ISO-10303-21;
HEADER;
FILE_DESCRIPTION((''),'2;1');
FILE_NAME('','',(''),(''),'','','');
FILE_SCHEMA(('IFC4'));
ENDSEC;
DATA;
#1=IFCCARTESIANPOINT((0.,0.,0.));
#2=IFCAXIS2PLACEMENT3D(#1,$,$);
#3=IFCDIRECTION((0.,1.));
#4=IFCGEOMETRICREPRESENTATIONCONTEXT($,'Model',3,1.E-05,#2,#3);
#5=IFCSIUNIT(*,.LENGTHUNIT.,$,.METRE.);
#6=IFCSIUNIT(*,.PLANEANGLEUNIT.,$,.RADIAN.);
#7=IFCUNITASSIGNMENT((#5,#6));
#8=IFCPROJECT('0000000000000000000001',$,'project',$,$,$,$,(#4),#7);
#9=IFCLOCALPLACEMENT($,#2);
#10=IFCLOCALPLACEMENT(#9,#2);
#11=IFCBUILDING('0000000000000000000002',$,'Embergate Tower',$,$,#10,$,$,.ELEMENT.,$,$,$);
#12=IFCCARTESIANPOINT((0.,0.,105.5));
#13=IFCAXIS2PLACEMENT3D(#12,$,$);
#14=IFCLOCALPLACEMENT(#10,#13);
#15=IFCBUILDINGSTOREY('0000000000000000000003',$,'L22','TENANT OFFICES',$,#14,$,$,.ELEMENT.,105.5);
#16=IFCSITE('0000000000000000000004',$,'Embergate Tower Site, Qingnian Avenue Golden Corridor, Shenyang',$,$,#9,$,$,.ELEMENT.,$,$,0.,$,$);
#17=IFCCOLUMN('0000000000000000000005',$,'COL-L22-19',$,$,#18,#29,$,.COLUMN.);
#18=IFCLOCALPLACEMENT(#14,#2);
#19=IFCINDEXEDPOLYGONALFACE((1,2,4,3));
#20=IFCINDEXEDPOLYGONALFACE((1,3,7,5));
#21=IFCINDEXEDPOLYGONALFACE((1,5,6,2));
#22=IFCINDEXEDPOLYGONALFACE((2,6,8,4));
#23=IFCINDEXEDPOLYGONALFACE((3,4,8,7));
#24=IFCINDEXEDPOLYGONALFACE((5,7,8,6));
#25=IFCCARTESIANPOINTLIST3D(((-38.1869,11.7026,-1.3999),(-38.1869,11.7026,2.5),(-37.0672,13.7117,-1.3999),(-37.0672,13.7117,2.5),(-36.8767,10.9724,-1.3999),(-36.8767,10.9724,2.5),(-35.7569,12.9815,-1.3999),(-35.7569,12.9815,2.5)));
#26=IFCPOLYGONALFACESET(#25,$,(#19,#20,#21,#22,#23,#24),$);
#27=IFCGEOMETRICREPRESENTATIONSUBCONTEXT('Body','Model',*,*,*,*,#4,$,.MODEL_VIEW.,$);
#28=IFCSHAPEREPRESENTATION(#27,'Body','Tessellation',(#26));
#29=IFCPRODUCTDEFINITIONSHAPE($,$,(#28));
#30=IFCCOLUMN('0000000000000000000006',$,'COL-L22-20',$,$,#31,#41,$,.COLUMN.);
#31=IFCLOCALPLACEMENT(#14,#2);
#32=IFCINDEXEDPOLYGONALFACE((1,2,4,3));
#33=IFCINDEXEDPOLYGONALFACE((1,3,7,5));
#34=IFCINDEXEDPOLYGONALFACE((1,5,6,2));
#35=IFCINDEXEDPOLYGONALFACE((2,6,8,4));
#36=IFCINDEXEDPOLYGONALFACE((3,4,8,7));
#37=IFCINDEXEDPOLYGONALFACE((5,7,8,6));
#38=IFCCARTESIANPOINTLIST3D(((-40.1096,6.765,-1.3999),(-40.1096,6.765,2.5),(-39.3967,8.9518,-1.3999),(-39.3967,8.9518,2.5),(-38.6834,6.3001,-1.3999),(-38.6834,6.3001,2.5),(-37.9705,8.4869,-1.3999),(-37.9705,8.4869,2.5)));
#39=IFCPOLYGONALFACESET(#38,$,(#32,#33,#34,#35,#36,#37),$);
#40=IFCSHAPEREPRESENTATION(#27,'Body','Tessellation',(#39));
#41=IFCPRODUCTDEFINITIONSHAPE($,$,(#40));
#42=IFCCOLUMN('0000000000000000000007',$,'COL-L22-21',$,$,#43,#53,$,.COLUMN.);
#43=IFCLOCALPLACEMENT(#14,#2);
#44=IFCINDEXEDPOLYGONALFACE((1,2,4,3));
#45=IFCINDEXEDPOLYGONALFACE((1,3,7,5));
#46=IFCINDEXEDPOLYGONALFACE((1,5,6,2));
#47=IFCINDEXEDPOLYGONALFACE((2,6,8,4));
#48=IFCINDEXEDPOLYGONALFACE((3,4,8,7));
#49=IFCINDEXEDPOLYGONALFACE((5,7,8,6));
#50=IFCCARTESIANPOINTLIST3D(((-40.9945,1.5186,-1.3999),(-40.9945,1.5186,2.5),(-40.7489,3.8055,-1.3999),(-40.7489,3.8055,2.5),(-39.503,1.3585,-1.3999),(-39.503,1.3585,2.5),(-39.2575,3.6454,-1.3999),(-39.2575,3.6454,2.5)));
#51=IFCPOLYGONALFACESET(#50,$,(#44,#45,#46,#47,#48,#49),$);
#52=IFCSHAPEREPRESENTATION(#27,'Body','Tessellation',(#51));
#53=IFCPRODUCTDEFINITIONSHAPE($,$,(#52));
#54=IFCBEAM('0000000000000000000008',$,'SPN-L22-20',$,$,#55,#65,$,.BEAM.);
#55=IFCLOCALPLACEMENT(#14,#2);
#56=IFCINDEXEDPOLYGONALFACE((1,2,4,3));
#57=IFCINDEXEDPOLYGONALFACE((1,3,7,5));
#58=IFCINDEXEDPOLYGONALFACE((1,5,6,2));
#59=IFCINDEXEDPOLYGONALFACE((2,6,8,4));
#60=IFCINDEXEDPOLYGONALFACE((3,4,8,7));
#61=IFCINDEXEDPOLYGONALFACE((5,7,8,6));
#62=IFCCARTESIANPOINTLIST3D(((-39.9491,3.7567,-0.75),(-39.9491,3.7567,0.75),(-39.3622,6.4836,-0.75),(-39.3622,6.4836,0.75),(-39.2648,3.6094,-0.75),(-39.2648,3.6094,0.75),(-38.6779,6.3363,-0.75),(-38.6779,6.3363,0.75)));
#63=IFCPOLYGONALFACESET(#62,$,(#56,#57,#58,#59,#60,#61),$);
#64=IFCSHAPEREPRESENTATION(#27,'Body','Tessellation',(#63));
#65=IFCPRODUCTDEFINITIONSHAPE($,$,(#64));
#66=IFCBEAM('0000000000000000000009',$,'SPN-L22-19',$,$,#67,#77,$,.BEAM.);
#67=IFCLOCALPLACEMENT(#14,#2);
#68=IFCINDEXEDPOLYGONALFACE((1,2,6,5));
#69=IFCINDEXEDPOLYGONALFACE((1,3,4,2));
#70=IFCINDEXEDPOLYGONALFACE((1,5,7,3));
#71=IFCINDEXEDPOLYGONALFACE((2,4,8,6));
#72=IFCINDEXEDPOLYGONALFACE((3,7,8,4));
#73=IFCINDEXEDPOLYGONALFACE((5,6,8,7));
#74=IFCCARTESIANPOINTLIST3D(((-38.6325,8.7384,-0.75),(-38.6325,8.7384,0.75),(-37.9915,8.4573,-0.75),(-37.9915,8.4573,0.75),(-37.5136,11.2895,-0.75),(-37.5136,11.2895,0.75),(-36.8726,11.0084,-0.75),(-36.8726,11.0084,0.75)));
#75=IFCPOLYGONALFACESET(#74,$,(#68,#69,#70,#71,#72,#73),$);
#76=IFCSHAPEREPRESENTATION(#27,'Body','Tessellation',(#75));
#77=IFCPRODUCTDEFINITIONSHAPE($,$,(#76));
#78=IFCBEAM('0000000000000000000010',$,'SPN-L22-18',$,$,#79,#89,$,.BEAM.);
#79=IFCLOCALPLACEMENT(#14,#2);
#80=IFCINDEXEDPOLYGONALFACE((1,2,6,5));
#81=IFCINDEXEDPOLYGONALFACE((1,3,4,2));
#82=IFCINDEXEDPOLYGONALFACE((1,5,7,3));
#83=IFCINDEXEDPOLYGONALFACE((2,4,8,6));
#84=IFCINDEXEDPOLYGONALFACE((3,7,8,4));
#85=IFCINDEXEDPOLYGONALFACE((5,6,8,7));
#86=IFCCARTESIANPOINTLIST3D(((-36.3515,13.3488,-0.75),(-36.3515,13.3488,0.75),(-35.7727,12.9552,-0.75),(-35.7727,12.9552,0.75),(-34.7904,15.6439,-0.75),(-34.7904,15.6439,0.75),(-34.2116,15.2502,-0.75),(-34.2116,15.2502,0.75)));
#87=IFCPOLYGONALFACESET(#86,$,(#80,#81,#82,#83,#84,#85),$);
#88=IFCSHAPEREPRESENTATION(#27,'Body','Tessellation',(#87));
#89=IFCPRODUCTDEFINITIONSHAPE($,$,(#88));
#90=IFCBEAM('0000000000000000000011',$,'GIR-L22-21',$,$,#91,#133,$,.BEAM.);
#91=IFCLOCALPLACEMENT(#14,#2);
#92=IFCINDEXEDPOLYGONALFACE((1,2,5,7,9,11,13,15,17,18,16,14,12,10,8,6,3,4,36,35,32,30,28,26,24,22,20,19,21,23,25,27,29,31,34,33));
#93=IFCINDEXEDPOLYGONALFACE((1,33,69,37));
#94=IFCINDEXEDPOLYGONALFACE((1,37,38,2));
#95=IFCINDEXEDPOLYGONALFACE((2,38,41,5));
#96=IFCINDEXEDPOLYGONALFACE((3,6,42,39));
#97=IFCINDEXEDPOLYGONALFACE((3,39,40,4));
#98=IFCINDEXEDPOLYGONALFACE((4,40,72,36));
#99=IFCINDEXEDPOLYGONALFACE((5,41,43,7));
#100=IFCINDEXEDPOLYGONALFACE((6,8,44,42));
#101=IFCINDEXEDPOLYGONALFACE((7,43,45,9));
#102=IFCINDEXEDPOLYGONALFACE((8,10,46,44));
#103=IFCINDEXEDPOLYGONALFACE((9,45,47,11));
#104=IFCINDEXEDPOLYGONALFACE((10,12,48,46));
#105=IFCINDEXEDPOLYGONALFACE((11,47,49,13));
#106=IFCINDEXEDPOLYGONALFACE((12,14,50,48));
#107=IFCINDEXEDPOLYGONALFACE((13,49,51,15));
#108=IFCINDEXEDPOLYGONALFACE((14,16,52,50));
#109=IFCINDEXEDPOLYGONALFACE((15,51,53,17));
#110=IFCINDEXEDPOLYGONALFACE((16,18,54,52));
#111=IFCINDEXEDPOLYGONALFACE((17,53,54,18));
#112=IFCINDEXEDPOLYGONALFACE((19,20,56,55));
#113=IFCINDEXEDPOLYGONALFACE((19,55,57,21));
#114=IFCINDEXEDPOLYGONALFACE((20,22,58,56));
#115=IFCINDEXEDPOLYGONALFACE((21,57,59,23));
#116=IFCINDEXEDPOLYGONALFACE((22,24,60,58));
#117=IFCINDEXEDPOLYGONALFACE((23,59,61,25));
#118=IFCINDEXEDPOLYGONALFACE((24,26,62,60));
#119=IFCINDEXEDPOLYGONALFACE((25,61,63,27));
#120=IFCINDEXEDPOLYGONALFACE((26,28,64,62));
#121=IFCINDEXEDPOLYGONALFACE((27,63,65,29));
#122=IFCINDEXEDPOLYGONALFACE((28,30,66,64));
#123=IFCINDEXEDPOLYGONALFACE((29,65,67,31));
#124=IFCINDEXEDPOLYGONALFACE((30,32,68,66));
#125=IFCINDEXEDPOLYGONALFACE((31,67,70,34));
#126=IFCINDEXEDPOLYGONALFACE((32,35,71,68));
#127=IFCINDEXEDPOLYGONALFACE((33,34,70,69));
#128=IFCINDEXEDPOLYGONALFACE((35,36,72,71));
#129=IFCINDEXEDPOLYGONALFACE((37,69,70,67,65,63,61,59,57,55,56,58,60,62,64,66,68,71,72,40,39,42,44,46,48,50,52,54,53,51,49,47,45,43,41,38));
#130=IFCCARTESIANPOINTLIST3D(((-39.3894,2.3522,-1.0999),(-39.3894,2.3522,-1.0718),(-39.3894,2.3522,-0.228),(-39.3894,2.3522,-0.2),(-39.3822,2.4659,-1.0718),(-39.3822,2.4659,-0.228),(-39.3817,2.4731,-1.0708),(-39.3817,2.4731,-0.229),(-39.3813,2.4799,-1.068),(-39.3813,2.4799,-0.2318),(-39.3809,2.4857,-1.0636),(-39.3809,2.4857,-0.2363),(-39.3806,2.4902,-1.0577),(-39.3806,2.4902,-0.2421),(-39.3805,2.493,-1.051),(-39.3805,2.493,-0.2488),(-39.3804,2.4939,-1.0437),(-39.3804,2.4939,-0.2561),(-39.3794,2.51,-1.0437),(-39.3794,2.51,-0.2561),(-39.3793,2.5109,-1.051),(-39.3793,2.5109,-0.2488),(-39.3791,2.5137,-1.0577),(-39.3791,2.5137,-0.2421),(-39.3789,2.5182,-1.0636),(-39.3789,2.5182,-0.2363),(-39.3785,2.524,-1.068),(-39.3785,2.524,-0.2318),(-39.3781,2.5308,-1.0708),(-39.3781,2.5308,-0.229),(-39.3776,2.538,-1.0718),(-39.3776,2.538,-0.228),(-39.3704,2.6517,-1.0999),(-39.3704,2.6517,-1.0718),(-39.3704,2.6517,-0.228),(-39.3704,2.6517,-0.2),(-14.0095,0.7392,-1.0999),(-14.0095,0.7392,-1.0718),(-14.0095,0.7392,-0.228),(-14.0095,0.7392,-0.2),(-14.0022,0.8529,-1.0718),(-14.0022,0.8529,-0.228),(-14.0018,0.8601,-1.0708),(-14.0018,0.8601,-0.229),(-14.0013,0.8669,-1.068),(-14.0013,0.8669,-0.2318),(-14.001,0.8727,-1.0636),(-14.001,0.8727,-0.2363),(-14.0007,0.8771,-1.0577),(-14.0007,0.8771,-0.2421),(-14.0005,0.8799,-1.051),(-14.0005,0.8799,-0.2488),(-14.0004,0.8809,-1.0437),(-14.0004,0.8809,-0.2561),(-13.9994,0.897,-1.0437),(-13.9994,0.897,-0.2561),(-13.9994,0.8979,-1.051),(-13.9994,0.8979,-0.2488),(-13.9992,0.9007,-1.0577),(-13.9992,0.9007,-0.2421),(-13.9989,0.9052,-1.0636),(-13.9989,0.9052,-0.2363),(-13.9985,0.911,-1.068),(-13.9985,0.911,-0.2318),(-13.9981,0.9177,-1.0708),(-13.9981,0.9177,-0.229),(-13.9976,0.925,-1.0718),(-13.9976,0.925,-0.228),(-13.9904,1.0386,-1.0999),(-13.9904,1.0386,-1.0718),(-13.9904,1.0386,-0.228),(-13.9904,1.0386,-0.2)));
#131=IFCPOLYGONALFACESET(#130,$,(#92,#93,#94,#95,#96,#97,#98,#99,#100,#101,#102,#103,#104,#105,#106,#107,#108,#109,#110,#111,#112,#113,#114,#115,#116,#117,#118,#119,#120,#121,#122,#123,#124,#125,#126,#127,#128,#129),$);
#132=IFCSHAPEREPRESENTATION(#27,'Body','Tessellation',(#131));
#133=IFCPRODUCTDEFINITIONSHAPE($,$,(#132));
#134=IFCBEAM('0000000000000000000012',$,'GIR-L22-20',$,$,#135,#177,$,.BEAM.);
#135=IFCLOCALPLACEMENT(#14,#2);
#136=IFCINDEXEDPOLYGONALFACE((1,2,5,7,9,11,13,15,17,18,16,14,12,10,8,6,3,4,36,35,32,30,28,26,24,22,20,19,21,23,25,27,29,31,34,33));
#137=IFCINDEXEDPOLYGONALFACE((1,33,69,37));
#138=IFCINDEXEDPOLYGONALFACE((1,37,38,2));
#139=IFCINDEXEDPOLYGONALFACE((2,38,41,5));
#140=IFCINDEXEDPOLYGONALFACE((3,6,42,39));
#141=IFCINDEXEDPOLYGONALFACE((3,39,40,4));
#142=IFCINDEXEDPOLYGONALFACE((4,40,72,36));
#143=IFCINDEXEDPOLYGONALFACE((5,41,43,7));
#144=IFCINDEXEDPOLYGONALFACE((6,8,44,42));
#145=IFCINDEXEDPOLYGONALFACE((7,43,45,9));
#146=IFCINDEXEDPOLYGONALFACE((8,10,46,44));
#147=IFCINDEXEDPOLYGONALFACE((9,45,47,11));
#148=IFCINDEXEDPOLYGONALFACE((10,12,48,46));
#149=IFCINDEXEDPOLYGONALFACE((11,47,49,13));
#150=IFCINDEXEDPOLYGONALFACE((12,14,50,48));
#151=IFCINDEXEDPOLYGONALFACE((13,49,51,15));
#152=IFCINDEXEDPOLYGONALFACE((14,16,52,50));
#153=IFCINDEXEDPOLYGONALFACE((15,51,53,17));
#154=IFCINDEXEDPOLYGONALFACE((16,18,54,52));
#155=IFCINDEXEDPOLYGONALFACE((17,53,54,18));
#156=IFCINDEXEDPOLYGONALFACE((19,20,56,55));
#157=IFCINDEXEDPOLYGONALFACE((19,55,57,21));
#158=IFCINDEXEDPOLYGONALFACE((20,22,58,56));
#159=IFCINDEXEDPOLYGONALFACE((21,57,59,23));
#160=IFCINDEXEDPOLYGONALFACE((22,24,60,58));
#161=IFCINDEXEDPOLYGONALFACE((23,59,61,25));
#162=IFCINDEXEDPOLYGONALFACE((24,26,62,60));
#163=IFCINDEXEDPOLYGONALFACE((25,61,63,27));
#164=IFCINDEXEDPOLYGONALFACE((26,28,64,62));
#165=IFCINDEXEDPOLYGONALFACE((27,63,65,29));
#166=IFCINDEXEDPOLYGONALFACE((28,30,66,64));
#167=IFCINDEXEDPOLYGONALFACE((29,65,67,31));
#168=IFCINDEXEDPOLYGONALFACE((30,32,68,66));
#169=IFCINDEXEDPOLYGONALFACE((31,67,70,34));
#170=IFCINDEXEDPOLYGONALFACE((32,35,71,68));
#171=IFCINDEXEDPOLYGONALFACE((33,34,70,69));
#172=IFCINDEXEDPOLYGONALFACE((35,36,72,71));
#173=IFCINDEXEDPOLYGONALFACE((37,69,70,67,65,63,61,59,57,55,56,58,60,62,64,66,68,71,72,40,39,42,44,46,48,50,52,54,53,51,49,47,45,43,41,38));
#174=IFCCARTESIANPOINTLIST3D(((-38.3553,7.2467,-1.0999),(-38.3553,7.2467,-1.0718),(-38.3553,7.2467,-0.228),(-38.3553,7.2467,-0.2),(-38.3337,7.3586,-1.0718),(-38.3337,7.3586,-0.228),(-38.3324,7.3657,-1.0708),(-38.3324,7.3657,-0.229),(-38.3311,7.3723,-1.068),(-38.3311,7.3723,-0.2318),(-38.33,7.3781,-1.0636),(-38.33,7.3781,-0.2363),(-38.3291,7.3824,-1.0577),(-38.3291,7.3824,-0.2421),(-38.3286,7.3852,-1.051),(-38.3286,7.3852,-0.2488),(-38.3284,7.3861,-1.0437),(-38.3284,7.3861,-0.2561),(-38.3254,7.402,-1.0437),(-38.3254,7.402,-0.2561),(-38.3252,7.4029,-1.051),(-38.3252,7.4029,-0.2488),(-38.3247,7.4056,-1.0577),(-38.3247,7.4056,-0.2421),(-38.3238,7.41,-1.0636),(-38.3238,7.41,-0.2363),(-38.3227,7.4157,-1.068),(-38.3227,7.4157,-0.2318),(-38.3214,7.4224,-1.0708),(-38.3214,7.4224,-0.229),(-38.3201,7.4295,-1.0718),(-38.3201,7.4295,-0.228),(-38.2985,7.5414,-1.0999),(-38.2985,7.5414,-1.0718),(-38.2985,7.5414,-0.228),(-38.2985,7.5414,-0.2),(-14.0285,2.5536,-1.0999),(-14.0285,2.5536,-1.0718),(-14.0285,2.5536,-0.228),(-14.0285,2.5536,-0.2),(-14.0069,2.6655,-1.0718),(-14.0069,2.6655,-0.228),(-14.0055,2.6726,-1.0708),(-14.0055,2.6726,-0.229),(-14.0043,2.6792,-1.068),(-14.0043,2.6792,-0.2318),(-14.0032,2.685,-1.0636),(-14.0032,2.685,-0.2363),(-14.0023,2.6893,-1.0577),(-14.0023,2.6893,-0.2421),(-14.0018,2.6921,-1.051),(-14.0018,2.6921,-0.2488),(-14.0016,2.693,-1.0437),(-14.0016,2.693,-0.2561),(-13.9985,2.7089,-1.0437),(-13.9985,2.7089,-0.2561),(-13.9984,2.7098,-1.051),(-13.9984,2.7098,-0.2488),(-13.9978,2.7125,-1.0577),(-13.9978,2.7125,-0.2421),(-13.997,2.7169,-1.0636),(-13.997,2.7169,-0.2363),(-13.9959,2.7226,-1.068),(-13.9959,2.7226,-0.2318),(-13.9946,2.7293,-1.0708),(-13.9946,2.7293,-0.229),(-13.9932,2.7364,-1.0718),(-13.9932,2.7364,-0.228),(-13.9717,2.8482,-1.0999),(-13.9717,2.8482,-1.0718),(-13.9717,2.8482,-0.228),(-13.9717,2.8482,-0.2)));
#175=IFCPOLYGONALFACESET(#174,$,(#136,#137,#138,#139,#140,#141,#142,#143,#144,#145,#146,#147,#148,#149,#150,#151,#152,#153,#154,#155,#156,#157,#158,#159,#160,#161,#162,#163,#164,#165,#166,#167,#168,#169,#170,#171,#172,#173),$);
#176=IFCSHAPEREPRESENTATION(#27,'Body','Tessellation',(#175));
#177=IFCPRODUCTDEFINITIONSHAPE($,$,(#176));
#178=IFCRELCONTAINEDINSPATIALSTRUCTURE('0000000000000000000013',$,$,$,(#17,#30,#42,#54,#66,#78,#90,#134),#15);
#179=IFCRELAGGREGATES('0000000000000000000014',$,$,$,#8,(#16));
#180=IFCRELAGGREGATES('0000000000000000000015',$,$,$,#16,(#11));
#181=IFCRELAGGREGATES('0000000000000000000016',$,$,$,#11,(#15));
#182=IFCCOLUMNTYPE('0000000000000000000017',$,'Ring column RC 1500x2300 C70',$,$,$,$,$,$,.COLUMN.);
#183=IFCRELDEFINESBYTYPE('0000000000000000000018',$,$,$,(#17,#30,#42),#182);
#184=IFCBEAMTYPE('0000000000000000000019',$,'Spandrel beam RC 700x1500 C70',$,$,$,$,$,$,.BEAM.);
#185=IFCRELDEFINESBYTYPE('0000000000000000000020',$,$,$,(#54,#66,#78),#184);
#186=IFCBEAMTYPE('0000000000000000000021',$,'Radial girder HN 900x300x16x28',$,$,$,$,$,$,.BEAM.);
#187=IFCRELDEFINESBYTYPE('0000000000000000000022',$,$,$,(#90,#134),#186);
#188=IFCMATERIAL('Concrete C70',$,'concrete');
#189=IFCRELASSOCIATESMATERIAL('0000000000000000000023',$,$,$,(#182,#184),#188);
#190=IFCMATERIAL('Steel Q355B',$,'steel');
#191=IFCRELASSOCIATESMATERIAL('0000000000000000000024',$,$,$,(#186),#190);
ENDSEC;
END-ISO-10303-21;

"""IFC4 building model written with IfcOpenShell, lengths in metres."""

from ifc_helpers import new_model, si_unit, direction, frame, origin, origin_2d, place, context, subcontext, project, spatial, rectangle, i_section, extrude, source, transform, mapped, material, material_profile, profile_set, type_object, element, save


model = new_model("IFC4")

# Units and contexts
model_context = context("Model", 3, precision=1e-05, world=origin(), true_north=direction((0.0, 1.0)))
body_context = subcontext(model_context, "Body", "Model", "MODEL_VIEW")
ifc_project = project(units=[si_unit("LENGTHUNIT", "METRE"), si_unit("PLANEANGLEUNIT", "RADIAN")], contexts=[model_context])

# Site, building, storey
site_placement = place(None, origin())
site = spatial("IfcSite", under=ifc_project, at=site_placement, Name="Embergate Tower Site, Qingnian Avenue Golden Corridor, Shenyang", CompositionType="ELEMENT", RefElevation=0.0)
building_placement = place(site_placement, origin())
building = spatial("IfcBuilding", under=site, at=building_placement, Name="Embergate Tower", CompositionType="ELEMENT")
storey_placement = place(building_placement, frame((0.0, 0.0, 105.5)))
storey = spatial("IfcBuildingStorey", under=building, at=storey_placement, Name="L22", Description="TENANT OFFICES", CompositionType="ELEMENT", Elevation=105.5)

# Columns
ifc_material_1 = material(Name="Concrete C70", Category="concrete")
ifc_material_profile_1 = material_profile(ifc_material_1, rectangle(XDim=1.5, YDim=2.3, at=origin_2d()), Name="RC 1500x2300")
ifc_profile_set_1 = profile_set([ifc_material_profile_1], Name="Concrete C70")
column_type = type_object("IfcColumnType", Name="Ring column RC 1500x2300 C70", PredefinedType="COLUMN", material=ifc_profile_set_1)
shared_shape_1 = source(origin(), body_context, "Body", "SweptSolid", [
    extrude(rectangle(XDim=1.5, YDim=2.3, at=origin_2d()), origin(), (0.0, 0.0, 1.0), 3.8999),
])
for number, where, z_axis, x_axis, name in (
    (1, (-36.9719, 12.342, -1.3999), (0.0, 0.0, 1.0), (-0.8735, 0.486823, 0.0), "COL-L22-19"),
    (2, (-39.04, 7.626, -1.3999), (0.0, 0.0, 1.0), (-0.950754, 0.309946, 0.0), "COL-L22-20"),
    (3, (-40.126, 2.582, -1.3999), (0.0, 0.0, 1.0), (-0.994286, 0.10675, 0.0), "COL-L22-21"),
):
    element("IfcColumn", number, at=place(storey_placement, frame(where, z_axis=z_axis, x_axis=x_axis)), inside=storey, type_object=column_type, Name=name, PredefinedType="COLUMN", context=body_context, shape_type="MappedRepresentation", body=[
        mapped(shared_shape_1, transform((0.0, 0.0, 0.0))),
    ])

# Beams
ifc_material_profile_2 = material_profile(ifc_material_1, rectangle(XDim=0.7, YDim=1.5, at=origin_2d()), Name="RC 700x1500")
ifc_profile_set_2 = profile_set([ifc_material_profile_2], Name="Concrete C70")
beam_type_1 = type_object("IfcBeamType", Name="Spandrel beam RC 700x1500 C70", PredefinedType="BEAM", material=ifc_profile_set_2)
shared_shape_2 = source(origin(), body_context, "Body", "SweptSolid", [
    extrude(rectangle(XDim=0.7, YDim=1.5, at=origin_2d()), origin(), (0.0, 0.0, 1.0), 2.7893),
])
beam_1_placement = place(storey_placement, frame((-39.02, 6.4099, 0.0), z_axis=(-0.21042, -0.977611, 0.0), x_axis=(0.977611, -0.21042, 0.0)))
element("IfcBeam", 4, at=beam_1_placement, inside=storey, type_object=beam_type_1, Name="SPN-L22-20", PredefinedType="BEAM", context=body_context, shape_type="MappedRepresentation", body=[
    mapped(shared_shape_2, transform((0.0, 0.0, 0.0))),
])
shared_shape_3 = source(origin(), body_context, "Body", "SweptSolid", [
    extrude(rectangle(XDim=0.7, YDim=1.5, at=origin_2d()), origin(), (0.0, 0.0, 1.0), 2.7856),
])
beam_2_placement = place(storey_placement, frame((-37.1931, 11.1489, 0.0), z_axis=(-0.401669, -0.915785, 0.0), x_axis=(0.915785, -0.401669, 0.0)))
element("IfcBeam", 5, at=beam_2_placement, inside=storey, type_object=beam_type_1, Name="SPN-L22-19", PredefinedType="BEAM", context=body_context, shape_type="MappedRepresentation", body=[
    mapped(shared_shape_3, transform((0.0, 0.0, 0.0))),
])
shared_shape_4 = source(origin(), body_context, "Body", "SweptSolid", [
    extrude(rectangle(XDim=0.7, YDim=1.5, at=origin_2d()), origin(), (0.0, 0.0, 1.0), 2.7756),
])
beam_3_placement = place(storey_placement, frame((-34.501, 15.447, 0.0), z_axis=(-0.56243, -0.826845, 0.0), x_axis=(0.826845, -0.56243, 0.0)))
element("IfcBeam", 6, at=beam_3_placement, inside=storey, type_object=beam_type_1, Name="SPN-L22-18", PredefinedType="BEAM", context=body_context, shape_type="MappedRepresentation", body=[
    mapped(shared_shape_4, transform((0.0, 0.0, 0.0))),
])
ifc_material_2 = material(Name="Steel Q355B", Category="steel")
ifc_material_profile_3 = material_profile(ifc_material_2, i_section(OverallWidth=0.3, OverallDepth=0.8999, WebThickness=0.0161, FlangeThickness=0.0281, FilletRadius=0.0281, at=origin_2d()), Name="HN 900x300x16x28")
ifc_profile_set_3 = profile_set([ifc_material_profile_3], Name="Steel Q355 grade B")
beam_type_2 = type_object("IfcBeamType", Name="Radial girder HN 900x300x16x28", PredefinedType="BEAM", material=ifc_profile_set_3)
shared_shape_5 = source(origin(), body_context, "Body", "SweptSolid", [
    extrude(i_section(OverallWidth=0.3, OverallDepth=0.8999, WebThickness=0.0161, FlangeThickness=0.0281, FilletRadius=0.0281, at=origin_2d()), origin(), (0.0, 0.0, 1.0), 25.4312),
])
beam_4_placement = place(storey_placement, frame((-39.3799, 2.502, -0.6499), z_axis=(0.997986, -0.063428, 0.0), x_axis=(0.063428, 0.997986, 0.0)))
element("IfcBeam", 7, at=beam_4_placement, inside=storey, type_object=beam_type_2, Name="GIR-L22-21", PredefinedType="BEAM", context=body_context, shape_type="MappedRepresentation", body=[
    mapped(shared_shape_5, transform((0.0, 0.0, 0.0))),
])
shared_shape_6 = source(origin(), body_context, "Body", "SweptSolid", [
    extrude(i_section(OverallWidth=0.3, OverallDepth=0.8999, WebThickness=0.0161, FlangeThickness=0.0281, FilletRadius=0.0281, at=origin_2d()), origin(), (0.0, 0.0, 1.0), 24.7754),
])
beam_5_placement = place(storey_placement, frame((-38.3269, 7.394, -0.6499), z_axis=(0.981895, -0.189426, 0.0), x_axis=(0.189426, 0.981895, 0.0)))
element("IfcBeam", 8, at=beam_5_placement, inside=storey, type_object=beam_type_2, Name="GIR-L22-20", PredefinedType="BEAM", context=body_context, shape_type="MappedRepresentation", body=[
    mapped(shared_shape_6, transform((0.0, 0.0, 0.0))),
])

save(model, "model.ifc")
